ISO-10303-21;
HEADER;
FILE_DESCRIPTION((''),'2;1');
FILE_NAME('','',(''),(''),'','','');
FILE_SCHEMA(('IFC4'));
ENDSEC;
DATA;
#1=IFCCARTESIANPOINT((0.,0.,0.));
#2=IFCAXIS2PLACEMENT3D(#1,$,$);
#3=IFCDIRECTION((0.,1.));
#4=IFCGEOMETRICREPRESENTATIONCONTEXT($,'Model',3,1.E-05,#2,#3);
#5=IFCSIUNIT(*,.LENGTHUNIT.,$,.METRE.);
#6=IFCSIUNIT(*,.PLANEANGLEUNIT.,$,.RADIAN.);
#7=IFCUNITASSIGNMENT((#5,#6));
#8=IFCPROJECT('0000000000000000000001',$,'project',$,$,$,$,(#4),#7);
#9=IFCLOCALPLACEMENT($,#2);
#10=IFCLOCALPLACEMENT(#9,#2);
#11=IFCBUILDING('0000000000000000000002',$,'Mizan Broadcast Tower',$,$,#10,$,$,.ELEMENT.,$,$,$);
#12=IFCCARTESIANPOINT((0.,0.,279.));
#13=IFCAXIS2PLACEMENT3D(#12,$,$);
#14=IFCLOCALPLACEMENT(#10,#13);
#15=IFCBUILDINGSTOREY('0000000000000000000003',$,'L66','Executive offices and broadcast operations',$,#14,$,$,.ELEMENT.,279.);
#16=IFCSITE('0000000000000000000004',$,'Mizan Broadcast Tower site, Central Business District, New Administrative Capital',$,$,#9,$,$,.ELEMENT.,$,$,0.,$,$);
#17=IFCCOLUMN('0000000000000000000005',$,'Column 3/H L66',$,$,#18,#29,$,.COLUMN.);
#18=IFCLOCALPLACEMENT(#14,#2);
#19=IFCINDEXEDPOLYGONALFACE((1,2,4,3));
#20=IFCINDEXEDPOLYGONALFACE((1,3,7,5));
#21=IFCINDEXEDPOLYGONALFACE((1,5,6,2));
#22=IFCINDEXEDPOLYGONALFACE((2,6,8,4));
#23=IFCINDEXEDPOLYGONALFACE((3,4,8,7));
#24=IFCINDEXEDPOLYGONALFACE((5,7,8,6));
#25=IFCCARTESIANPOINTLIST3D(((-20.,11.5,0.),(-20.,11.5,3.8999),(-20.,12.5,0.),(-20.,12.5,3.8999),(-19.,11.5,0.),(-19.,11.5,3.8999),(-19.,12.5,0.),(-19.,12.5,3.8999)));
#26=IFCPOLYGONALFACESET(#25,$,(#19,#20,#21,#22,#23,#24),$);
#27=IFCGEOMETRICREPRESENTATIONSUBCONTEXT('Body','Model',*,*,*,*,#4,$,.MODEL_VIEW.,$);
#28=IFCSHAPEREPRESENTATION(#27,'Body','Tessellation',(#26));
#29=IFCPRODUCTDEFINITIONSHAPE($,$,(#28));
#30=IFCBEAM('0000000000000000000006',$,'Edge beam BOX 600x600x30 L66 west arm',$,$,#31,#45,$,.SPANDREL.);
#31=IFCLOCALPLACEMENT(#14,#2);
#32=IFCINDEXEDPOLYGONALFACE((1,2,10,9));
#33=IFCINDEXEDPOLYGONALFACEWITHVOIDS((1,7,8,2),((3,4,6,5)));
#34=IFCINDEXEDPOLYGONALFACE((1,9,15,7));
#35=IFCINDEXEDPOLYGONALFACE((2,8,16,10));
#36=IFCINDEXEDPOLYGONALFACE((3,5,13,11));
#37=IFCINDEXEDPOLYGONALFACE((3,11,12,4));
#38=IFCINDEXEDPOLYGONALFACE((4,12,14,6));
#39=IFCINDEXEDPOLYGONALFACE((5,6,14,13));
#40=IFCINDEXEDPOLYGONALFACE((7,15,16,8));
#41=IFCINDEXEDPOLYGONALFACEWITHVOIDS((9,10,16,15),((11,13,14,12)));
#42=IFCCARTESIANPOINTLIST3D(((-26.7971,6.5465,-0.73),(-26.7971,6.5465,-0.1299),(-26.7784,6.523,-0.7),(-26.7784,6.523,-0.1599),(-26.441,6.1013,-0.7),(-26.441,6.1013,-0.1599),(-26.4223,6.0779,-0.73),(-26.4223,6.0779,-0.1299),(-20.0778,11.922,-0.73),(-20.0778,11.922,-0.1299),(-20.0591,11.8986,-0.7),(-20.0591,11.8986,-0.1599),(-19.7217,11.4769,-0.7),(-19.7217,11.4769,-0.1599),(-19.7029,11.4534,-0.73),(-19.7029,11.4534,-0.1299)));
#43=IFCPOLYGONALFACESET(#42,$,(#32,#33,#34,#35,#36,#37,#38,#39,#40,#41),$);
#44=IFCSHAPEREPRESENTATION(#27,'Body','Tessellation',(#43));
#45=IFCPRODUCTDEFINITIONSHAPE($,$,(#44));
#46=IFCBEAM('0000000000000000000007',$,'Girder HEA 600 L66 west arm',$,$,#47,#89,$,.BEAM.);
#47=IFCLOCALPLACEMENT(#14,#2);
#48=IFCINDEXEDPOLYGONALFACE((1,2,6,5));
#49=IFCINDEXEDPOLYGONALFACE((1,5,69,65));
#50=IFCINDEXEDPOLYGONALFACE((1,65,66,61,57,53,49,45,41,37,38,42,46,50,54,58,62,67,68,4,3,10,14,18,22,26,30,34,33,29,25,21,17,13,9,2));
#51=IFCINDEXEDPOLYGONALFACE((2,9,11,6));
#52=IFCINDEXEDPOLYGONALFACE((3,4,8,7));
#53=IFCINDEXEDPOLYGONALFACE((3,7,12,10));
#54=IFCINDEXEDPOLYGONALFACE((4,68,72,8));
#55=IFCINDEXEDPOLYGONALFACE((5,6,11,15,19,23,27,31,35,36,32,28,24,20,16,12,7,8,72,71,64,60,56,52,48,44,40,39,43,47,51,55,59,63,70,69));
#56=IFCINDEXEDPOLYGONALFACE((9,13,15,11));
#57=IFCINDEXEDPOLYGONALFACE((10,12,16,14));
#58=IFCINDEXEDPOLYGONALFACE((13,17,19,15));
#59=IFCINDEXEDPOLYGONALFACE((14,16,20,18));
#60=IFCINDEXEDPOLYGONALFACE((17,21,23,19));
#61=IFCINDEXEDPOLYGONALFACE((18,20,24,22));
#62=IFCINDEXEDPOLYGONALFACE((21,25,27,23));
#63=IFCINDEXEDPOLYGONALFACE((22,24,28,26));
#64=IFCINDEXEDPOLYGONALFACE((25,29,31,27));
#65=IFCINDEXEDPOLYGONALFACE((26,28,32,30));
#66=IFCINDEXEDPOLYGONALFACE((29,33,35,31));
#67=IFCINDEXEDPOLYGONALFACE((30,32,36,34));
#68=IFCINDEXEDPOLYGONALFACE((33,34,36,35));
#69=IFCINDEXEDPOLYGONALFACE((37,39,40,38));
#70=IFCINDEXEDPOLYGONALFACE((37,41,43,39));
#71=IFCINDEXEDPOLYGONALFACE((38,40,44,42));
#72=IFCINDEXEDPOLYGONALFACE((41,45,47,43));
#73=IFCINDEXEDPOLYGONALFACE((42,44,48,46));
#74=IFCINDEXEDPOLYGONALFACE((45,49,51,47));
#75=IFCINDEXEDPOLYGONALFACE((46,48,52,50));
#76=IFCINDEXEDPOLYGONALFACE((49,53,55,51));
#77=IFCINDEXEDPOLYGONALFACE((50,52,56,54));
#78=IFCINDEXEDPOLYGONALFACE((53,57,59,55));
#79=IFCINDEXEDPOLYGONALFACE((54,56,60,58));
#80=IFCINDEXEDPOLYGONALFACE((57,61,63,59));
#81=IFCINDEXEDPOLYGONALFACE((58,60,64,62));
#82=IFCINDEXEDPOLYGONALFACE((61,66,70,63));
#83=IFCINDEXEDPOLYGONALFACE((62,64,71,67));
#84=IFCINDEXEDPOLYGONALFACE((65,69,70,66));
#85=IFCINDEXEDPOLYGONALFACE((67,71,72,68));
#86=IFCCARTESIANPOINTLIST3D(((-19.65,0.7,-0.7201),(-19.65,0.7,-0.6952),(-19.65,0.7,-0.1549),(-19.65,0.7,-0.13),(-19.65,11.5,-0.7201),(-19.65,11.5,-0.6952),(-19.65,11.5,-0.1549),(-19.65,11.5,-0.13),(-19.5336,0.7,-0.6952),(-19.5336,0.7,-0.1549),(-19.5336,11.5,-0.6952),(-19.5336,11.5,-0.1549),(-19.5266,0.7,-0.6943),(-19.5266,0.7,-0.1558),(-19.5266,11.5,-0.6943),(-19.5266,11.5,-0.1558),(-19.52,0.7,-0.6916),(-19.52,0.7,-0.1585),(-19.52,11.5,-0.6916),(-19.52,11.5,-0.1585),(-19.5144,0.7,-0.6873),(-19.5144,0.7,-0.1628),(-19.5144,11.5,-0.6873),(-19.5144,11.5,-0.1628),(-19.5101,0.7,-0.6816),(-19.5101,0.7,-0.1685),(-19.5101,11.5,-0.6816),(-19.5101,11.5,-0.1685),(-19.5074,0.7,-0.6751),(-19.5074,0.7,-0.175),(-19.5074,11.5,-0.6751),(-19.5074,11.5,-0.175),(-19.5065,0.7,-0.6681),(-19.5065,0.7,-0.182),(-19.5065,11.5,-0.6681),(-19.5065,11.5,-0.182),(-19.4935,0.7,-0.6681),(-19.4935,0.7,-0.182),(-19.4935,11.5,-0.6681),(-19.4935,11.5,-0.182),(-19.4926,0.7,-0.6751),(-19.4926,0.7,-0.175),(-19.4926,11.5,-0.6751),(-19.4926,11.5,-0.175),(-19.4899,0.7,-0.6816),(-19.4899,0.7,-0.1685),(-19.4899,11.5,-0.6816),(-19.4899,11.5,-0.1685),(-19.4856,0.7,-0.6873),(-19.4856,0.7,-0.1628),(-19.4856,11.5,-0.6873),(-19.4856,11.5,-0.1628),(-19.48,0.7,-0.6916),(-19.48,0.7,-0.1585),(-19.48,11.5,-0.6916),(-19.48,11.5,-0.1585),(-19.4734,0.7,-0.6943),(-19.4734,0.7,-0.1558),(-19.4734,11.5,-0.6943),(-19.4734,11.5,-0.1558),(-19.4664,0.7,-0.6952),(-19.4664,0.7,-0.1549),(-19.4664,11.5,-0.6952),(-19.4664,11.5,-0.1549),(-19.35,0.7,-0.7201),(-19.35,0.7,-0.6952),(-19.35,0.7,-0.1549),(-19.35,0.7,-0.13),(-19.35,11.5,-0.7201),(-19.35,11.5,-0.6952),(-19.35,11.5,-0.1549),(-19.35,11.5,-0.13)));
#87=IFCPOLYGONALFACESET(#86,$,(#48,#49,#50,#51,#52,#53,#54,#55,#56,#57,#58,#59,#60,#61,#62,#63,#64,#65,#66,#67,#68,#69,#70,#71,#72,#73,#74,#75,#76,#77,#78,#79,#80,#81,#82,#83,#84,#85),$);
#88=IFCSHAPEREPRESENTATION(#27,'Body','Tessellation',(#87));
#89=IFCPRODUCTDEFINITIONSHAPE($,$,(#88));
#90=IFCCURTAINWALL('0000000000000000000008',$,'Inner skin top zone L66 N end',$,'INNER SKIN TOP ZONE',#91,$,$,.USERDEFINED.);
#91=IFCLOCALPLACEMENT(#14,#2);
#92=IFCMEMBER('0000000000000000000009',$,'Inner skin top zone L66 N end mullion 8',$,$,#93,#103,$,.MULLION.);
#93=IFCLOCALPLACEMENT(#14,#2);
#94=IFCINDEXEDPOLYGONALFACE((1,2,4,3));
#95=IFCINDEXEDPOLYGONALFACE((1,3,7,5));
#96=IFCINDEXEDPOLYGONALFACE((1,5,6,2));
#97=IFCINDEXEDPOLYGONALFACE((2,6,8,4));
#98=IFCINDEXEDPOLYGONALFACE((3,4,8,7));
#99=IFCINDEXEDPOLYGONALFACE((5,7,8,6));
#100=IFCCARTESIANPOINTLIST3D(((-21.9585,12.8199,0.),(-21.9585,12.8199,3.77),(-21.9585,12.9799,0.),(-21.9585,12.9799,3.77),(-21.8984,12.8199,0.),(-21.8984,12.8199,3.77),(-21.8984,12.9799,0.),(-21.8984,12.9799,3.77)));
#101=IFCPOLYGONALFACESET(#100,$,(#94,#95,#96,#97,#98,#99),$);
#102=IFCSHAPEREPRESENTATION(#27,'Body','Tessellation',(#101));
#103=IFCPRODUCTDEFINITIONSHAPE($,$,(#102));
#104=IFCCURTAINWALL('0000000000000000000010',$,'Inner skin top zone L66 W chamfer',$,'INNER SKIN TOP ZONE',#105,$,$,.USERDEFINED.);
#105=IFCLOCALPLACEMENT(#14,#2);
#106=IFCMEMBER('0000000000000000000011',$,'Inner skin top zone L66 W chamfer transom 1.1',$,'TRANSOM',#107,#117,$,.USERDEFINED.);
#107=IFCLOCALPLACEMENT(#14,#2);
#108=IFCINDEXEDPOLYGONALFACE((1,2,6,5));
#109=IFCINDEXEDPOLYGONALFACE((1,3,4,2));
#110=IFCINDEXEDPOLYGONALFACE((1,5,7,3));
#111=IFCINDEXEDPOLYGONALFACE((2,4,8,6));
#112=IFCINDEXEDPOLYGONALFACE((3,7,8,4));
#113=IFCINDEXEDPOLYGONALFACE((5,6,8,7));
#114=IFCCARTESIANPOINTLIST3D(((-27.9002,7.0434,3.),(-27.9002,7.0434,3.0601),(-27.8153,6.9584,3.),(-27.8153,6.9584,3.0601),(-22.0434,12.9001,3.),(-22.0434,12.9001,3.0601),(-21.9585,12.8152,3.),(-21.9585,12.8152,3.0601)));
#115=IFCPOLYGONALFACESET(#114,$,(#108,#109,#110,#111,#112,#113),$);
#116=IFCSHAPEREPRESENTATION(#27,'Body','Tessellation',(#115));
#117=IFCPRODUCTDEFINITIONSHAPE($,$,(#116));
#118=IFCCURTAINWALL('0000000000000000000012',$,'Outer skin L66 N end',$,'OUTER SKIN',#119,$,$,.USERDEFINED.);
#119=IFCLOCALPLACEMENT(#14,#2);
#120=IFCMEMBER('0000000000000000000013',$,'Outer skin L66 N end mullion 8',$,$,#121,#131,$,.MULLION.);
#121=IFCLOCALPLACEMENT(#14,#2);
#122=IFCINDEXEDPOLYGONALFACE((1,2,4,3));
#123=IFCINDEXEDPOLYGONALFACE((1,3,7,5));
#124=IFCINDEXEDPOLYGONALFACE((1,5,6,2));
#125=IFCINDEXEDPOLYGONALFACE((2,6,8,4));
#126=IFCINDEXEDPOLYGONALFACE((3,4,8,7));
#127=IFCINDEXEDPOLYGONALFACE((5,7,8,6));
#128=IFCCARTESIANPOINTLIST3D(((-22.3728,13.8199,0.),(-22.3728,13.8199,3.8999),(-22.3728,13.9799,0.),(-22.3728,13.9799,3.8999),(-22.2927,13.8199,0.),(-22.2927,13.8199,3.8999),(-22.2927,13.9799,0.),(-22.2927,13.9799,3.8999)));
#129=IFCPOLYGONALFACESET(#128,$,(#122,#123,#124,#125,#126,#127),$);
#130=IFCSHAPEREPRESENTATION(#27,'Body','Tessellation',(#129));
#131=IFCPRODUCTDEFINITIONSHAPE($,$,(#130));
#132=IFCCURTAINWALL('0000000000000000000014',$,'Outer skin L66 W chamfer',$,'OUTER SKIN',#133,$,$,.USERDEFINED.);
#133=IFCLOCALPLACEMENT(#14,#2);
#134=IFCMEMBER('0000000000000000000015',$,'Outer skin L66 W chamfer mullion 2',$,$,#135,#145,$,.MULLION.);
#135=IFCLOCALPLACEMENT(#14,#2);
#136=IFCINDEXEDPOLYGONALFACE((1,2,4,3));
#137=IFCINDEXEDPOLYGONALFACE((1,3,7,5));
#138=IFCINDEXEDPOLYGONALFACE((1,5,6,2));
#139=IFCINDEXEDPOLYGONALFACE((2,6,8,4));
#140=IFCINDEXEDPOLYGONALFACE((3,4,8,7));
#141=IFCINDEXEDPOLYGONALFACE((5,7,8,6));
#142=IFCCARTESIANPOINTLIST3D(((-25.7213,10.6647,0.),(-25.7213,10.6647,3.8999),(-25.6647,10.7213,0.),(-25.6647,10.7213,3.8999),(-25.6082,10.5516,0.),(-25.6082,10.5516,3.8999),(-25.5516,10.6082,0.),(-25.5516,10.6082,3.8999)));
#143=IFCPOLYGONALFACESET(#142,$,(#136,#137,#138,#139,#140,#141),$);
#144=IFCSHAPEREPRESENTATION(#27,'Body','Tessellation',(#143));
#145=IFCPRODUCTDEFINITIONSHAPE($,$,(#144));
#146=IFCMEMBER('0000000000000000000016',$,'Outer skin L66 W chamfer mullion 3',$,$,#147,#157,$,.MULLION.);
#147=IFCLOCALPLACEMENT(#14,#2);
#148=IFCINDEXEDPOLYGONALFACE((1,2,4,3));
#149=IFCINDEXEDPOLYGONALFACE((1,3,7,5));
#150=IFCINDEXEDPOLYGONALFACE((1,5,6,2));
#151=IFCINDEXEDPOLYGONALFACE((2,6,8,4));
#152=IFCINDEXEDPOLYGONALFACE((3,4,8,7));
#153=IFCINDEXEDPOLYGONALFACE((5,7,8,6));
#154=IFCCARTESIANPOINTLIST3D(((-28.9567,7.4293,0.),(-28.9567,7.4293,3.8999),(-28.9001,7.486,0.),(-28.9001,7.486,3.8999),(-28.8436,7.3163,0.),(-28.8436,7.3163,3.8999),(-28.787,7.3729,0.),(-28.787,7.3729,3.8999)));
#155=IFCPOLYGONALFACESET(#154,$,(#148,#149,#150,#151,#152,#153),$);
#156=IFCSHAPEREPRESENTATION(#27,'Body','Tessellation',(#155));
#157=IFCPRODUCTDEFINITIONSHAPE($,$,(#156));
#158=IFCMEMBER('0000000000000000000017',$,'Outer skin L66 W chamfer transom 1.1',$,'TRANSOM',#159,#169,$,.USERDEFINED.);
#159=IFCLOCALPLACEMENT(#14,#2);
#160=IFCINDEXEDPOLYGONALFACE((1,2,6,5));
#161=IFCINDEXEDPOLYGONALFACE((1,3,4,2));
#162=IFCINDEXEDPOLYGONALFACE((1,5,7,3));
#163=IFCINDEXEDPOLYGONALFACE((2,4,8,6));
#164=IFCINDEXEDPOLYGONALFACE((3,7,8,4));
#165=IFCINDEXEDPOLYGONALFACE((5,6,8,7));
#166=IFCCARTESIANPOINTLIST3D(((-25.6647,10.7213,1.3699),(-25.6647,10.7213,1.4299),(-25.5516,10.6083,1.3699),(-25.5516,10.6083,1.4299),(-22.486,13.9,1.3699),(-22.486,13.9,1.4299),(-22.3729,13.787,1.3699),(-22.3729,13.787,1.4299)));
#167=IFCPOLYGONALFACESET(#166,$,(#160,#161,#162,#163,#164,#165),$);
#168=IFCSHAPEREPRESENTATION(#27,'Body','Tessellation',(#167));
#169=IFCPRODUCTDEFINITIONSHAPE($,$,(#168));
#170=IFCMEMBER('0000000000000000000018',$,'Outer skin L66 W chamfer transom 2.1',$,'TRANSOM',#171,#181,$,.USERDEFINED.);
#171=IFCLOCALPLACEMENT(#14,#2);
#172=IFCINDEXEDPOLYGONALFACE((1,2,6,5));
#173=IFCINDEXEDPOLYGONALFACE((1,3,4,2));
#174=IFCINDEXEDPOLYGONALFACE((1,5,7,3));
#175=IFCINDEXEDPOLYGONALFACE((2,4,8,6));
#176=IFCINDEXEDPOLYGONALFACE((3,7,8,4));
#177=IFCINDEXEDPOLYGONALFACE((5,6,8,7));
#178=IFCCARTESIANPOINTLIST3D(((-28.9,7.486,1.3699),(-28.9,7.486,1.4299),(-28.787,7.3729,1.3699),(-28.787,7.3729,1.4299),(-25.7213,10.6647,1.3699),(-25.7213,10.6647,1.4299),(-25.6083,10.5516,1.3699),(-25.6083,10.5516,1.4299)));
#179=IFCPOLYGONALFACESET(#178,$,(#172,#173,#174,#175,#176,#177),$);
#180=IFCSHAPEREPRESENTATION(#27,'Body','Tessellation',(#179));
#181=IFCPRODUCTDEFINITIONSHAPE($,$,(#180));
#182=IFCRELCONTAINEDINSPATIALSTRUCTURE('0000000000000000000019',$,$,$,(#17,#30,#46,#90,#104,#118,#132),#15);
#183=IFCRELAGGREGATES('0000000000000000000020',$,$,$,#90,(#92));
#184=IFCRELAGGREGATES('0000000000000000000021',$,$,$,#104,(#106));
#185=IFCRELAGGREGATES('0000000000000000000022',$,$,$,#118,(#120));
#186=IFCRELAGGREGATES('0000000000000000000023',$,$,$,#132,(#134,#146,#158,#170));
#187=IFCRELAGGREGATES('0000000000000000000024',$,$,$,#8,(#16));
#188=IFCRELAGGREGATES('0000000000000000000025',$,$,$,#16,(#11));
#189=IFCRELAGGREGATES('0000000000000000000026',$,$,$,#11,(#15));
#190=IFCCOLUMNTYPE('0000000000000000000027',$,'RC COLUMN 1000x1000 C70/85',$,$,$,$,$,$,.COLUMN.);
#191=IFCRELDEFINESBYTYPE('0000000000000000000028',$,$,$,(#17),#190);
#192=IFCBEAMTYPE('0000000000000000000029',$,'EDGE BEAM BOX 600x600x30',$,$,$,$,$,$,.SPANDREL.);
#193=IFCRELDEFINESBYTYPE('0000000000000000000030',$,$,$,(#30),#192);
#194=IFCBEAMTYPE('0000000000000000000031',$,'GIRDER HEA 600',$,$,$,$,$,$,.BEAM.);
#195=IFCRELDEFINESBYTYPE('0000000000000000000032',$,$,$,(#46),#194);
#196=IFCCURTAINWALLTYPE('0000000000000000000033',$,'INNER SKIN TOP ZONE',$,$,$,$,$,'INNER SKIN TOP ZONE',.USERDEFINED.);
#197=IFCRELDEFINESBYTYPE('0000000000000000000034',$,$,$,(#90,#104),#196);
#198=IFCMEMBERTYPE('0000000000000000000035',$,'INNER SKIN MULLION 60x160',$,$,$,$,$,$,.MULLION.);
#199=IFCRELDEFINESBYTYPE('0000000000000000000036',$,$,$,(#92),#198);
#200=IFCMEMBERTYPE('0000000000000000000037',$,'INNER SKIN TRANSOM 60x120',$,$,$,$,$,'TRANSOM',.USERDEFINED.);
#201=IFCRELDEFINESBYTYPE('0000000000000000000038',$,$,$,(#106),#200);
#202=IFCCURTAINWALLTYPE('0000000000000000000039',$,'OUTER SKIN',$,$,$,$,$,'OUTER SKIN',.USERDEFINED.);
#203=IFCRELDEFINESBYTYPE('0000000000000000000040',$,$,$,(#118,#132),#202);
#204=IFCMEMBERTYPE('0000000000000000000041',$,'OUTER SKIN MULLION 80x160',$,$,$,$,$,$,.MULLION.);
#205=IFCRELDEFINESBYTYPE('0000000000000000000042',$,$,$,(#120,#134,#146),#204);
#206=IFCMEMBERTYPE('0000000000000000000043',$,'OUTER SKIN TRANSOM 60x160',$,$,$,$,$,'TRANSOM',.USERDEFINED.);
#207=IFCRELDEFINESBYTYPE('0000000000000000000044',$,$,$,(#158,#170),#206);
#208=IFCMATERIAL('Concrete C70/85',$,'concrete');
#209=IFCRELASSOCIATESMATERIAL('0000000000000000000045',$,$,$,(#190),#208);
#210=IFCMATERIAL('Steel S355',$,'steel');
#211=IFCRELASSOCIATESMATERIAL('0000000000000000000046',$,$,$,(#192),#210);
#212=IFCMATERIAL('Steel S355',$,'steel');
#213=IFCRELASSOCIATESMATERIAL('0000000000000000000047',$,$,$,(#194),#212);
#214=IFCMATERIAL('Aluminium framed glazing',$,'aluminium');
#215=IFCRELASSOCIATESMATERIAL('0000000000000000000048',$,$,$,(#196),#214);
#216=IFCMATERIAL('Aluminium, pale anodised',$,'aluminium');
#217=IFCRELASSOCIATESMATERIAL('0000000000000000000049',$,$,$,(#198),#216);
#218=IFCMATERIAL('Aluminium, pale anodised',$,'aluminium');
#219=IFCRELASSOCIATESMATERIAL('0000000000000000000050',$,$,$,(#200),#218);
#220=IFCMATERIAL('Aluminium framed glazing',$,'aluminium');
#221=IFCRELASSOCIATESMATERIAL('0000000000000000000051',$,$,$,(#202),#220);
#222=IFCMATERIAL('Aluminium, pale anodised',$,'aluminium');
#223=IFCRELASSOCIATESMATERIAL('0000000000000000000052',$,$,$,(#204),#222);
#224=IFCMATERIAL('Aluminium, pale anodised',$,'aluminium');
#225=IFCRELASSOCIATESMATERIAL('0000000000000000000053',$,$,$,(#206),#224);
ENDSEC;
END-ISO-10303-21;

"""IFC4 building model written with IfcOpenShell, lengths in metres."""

from ifc_helpers import new_model, si_unit, direction, frame, origin, origin_2d, place, context, subcontext, project, spatial, rectangle, hollow_rectangle, i_section, extrude, material, material_profile, profile_set, type_object, element, aggregate, save


model = new_model("IFC4")

# Units and contexts
model_context = context("Model", 3, precision=1e-05, world=origin(), true_north=direction((0.0, 1.0)))
body_context = subcontext(model_context, "Body", "Model", "MODEL_VIEW")
ifc_project = project(units=[si_unit("LENGTHUNIT", "METRE"), si_unit("PLANEANGLEUNIT", "RADIAN")], contexts=[model_context])

# Site, building, storey
site_placement = place(None, origin())
site = spatial("IfcSite", under=ifc_project, at=site_placement, Name="Mizan Broadcast Tower site, Central Business District, New Administrative Capital", CompositionType="ELEMENT", RefElevation=0.0)
building_placement = place(site_placement, origin())
building = spatial("IfcBuilding", under=site, at=building_placement, Name="Mizan Broadcast Tower", CompositionType="ELEMENT")
storey_placement = place(building_placement, frame((0.0, 0.0, 279.0)))
storey = spatial("IfcBuildingStorey", under=building, at=storey_placement, Name="L66", Description="Executive offices and broadcast operations", CompositionType="ELEMENT", Elevation=279.0)

# Column
ifc_material_1 = material(Name="Concrete C70/85", Category="concrete")
ifc_material_profile_1 = material_profile(ifc_material_1, rectangle(XDim=1.0, YDim=1.0, at=origin_2d()), Name="RC 1000x1000")
ifc_profile_set_1 = profile_set([ifc_material_profile_1], Name="Concrete C70/85")
column_type = type_object("IfcColumnType", Name="RC COLUMN 1000x1000 C70/85", PredefinedType="COLUMN", material=ifc_profile_set_1)
column_placement = place(storey_placement, frame((-19.5, 12.0, 0.0), z_axis=(0.0, 0.0, 1.0), x_axis=(1.0, 0.0, 0.0)))
element("IfcColumn", 1, at=column_placement, inside=storey, type_object=column_type, Name="Column 3/H L66", PredefinedType="COLUMN", context=body_context, shape_type="SweptSolid", body=[
    extrude(rectangle(XDim=1.0, YDim=1.0, at=origin_2d()), origin(), (0.0, 0.0, 1.0), 3.8999),
])

# Beams
ifc_material_2 = material(Name="Steel S355", Category="steel")
ifc_material_profile_2 = material_profile(ifc_material_2, hollow_rectangle(XDim=0.6001, YDim=0.6001, WallThickness=0.03, at=origin_2d()), Name="BOX 600x600x30")
ifc_profile_set_2 = profile_set([ifc_material_profile_2], Name="Steel S355")
beam_type_1 = type_object("IfcBeamType", Name="EDGE BEAM BOX 600x600x30", PredefinedType="SPANDREL", material=ifc_profile_set_2)
beam_1_placement = place(storey_placement, frame((-19.8904, 11.6877, -0.4299), z_axis=(-0.780863, -0.624702, 0.0), x_axis=(0.624702, -0.780863, 0.0)))
element("IfcBeam", 2, at=beam_1_placement, inside=storey, type_object=beam_type_1, Name="Edge beam BOX 600x600x30 L66 west arm", PredefinedType="SPANDREL", context=body_context, shape_type="SweptSolid", body=[
    extrude(hollow_rectangle(XDim=0.6001, YDim=0.6001, WallThickness=0.03, at=origin_2d()), origin(), (0.0, 0.0, 1.0), 8.605),
])
ifc_material_3 = material(Name="Steel S355", Category="steel")
ifc_material_profile_3 = material_profile(ifc_material_3, i_section(OverallWidth=0.3, OverallDepth=0.5901, WebThickness=0.0129, FlangeThickness=0.0249, FilletRadius=0.0271, at=origin_2d()), Name="HEA 600")
ifc_profile_set_3 = profile_set([ifc_material_profile_3], Name="Steel S355")
beam_type_2 = type_object("IfcBeamType", Name="GIRDER HEA 600", PredefinedType="BEAM", material=ifc_profile_set_3)
beam_2_placement = place(storey_placement, frame((-19.5, 11.5, -0.425), z_axis=(0.0, -1.0, 0.0), x_axis=(1.0, 0.0, 0.0)))
element("IfcBeam", 3, at=beam_2_placement, inside=storey, type_object=beam_type_2, Name="Girder HEA 600 L66 west arm", PredefinedType="BEAM", context=body_context, shape_type="SweptSolid", body=[
    extrude(i_section(OverallWidth=0.3, OverallDepth=0.5901, WebThickness=0.0129, FlangeThickness=0.0249, FilletRadius=0.0271, at=origin_2d()), origin(), (0.0, 0.0, 1.0), 10.8),
])

# Curtain walls, members
ifc_material_4 = material(Name="Aluminium framed glazing", Category="aluminium")
curtain_wall_type_1 = type_object("IfcCurtainWallType", Name="INNER SKIN TOP ZONE", ElementType="INNER SKIN TOP ZONE", PredefinedType="USERDEFINED", material=ifc_material_4)
curtain_wall_1_placement = place(storey_placement, origin())
curtain_wall_1 = element("IfcCurtainWall", 4, at=curtain_wall_1_placement, inside=storey, type_object=curtain_wall_type_1, Name="Inner skin top zone L66 N end", ObjectType="INNER SKIN TOP ZONE", PredefinedType="USERDEFINED")
ifc_material_5 = material(Name="Aluminium, pale anodised", Category="aluminium")
ifc_material_profile_4 = material_profile(ifc_material_5, rectangle(XDim=0.1599, YDim=0.0601, at=origin_2d()), Name="MULLION 160x60")
ifc_profile_set_4 = profile_set([ifc_material_profile_4], Name="Aluminium, pale anodised")
member_type_1 = type_object("IfcMemberType", Name="INNER SKIN MULLION 60x160", PredefinedType="MULLION", material=ifc_profile_set_4)
member_1_placement = place(storey_placement, frame((-21.9285, 12.8999, 0.0), z_axis=(0.0, 0.0, 1.0), x_axis=(0.0, -1.0, 0.0)))
member_1 = element("IfcMember", 5, at=member_1_placement, type_object=member_type_1, Name="Inner skin top zone L66 N end mullion 8", PredefinedType="MULLION", context=body_context, shape_type="SweptSolid", body=[
    extrude(rectangle(XDim=0.1599, YDim=0.0601, at=origin_2d()), origin(), (0.0, 0.0, 1.0), 3.77),
])
curtain_wall_2_placement = place(storey_placement, origin())
curtain_wall_2 = element("IfcCurtainWall", 6, at=curtain_wall_2_placement, inside=storey, type_object=curtain_wall_type_1, Name="Inner skin top zone L66 W chamfer", ObjectType="INNER SKIN TOP ZONE", PredefinedType="USERDEFINED")
ifc_material_6 = material(Name="Aluminium, pale anodised", Category="aluminium")
ifc_material_profile_5 = material_profile(ifc_material_6, rectangle(XDim=0.1201, YDim=0.0601, at=origin_2d()), Name="TRANSOM 120x60")
ifc_profile_set_5 = profile_set([ifc_material_profile_5], Name="Aluminium, pale anodised")
member_type_2 = type_object("IfcMemberType", Name="INNER SKIN TRANSOM 60x120", ElementType="TRANSOM", PredefinedType="USERDEFINED", material=ifc_profile_set_5)
member_2_placement = place(storey_placement, frame((-22.001, 12.8577, 3.03), z_axis=(-0.707107, -0.707107, 0.0), x_axis=(0.707107, -0.707107, 0.0)))
member_2 = element("IfcMember", 7, at=member_2_placement, type_object=member_type_2, Name="Inner skin top zone L66 W chamfer transom 1.1", ObjectType="TRANSOM", PredefinedType="USERDEFINED", context=body_context, shape_type="SweptSolid", body=[
    extrude(rectangle(XDim=0.1201, YDim=0.0601, at=origin_2d()), origin(), (0.0, 0.0, 1.0), 8.2827),
])
ifc_material_7 = material(Name="Aluminium framed glazing", Category="aluminium")
curtain_wall_type_2 = type_object("IfcCurtainWallType", Name="OUTER SKIN", ElementType="OUTER SKIN", PredefinedType="USERDEFINED", material=ifc_material_7)
curtain_wall_3_placement = place(storey_placement, origin())
curtain_wall_3 = element("IfcCurtainWall", 8, at=curtain_wall_3_placement, inside=storey, type_object=curtain_wall_type_2, Name="Outer skin L66 N end", ObjectType="OUTER SKIN", PredefinedType="USERDEFINED")
ifc_material_8 = material(Name="Aluminium, pale anodised", Category="aluminium")
ifc_material_profile_6 = material_profile(ifc_material_8, rectangle(XDim=0.1599, YDim=0.0801, at=origin_2d()), Name="MULLION 160x80")
ifc_profile_set_6 = profile_set([ifc_material_profile_6], Name="Aluminium, pale anodised")
member_type_3 = type_object("IfcMemberType", Name="OUTER SKIN MULLION 80x160", PredefinedType="MULLION", material=ifc_profile_set_6)
member_3_placement = place(storey_placement, frame((-22.3328, 13.8999, 0.0), z_axis=(0.0, 0.0, 1.0), x_axis=(0.0, -1.0, 0.0)))
member_3 = element("IfcMember", 9, at=member_3_placement, type_object=member_type_3, Name="Outer skin L66 N end mullion 8", PredefinedType="MULLION", context=body_context, shape_type="SweptSolid", body=[
    extrude(rectangle(XDim=0.1599, YDim=0.0801, at=origin_2d()), origin(), (0.0, 0.0, 1.0), 3.8999),
])

# Curtain wall, members
curtain_wall_4_placement = place(storey_placement, origin())
curtain_wall_4 = element("IfcCurtainWall", 10, at=curtain_wall_4_placement, inside=storey, type_object=curtain_wall_type_2, Name="Outer skin L66 W chamfer", ObjectType="OUTER SKIN", PredefinedType="USERDEFINED")
member_4_placement = place(storey_placement, frame((-25.6365, 10.6365, 0.0), z_axis=(0.0, 0.0, 1.0), x_axis=(0.707107, -0.707107, 0.0)))
member_4 = element("IfcMember", 11, at=member_4_placement, type_object=member_type_3, Name="Outer skin L66 W chamfer mullion 2", PredefinedType="MULLION", context=body_context, shape_type="SweptSolid", body=[
    extrude(rectangle(XDim=0.1599, YDim=0.0801, at=origin_2d()), origin(), (0.0, 0.0, 1.0), 3.8999),
])
member_5_placement = place(storey_placement, frame((-28.8718, 7.4011, 0.0), z_axis=(0.0, 0.0, 1.0), x_axis=(0.707107, -0.707107, 0.0)))
member_5 = element("IfcMember", 12, at=member_5_placement, type_object=member_type_3, Name="Outer skin L66 W chamfer mullion 3", PredefinedType="MULLION", context=body_context, shape_type="SweptSolid", body=[
    extrude(rectangle(XDim=0.1599, YDim=0.0801, at=origin_2d()), origin(), (0.0, 0.0, 1.0), 3.8999),
])
ifc_material_9 = material(Name="Aluminium, pale anodised", Category="aluminium")
ifc_material_profile_7 = material_profile(ifc_material_9, rectangle(XDim=0.1599, YDim=0.0601, at=origin_2d()), Name="TRANSOM 160x60")
ifc_profile_set_7 = profile_set([ifc_material_profile_7], Name="Aluminium, pale anodised")
member_type_4 = type_object("IfcMemberType", Name="OUTER SKIN TRANSOM 60x160", ElementType="TRANSOM", PredefinedType="USERDEFINED", material=ifc_profile_set_7)
member_6_placement = place(storey_placement, frame((-22.4294, 13.8435, 1.3999), z_axis=(-0.707107, -0.707107, 0.0), x_axis=(0.707107, -0.707107, 0.0)))
member_6 = element("IfcMember", 13, at=member_6_placement, type_object=member_type_4, Name="Outer skin L66 W chamfer transom 1.1", ObjectType="TRANSOM", PredefinedType="USERDEFINED", context=body_context, shape_type="SweptSolid", body=[
    extrude(rectangle(XDim=0.1599, YDim=0.0601, at=origin_2d()), origin(), (0.0, 0.0, 1.0), 4.4954),
])
member_7_placement = place(storey_placement, frame((-25.6648, 10.6082, 1.3999), z_axis=(-0.707107, -0.707107, 0.0), x_axis=(0.707107, -0.707107, 0.0)))
member_7 = element("IfcMember", 14, at=member_7_placement, type_object=member_type_4, Name="Outer skin L66 W chamfer transom 2.1", ObjectType="TRANSOM", PredefinedType="USERDEFINED", context=body_context, shape_type="SweptSolid", body=[
    extrude(rectangle(XDim=0.1599, YDim=0.0601, at=origin_2d()), origin(), (0.0, 0.0, 1.0), 4.4954),
])

aggregate(curtain_wall_1, [member_1])
aggregate(curtain_wall_2, [member_2])
aggregate(curtain_wall_3, [member_3])
aggregate(curtain_wall_4, [member_4, member_5, member_6, member_7])

save(model, "model.ifc")
